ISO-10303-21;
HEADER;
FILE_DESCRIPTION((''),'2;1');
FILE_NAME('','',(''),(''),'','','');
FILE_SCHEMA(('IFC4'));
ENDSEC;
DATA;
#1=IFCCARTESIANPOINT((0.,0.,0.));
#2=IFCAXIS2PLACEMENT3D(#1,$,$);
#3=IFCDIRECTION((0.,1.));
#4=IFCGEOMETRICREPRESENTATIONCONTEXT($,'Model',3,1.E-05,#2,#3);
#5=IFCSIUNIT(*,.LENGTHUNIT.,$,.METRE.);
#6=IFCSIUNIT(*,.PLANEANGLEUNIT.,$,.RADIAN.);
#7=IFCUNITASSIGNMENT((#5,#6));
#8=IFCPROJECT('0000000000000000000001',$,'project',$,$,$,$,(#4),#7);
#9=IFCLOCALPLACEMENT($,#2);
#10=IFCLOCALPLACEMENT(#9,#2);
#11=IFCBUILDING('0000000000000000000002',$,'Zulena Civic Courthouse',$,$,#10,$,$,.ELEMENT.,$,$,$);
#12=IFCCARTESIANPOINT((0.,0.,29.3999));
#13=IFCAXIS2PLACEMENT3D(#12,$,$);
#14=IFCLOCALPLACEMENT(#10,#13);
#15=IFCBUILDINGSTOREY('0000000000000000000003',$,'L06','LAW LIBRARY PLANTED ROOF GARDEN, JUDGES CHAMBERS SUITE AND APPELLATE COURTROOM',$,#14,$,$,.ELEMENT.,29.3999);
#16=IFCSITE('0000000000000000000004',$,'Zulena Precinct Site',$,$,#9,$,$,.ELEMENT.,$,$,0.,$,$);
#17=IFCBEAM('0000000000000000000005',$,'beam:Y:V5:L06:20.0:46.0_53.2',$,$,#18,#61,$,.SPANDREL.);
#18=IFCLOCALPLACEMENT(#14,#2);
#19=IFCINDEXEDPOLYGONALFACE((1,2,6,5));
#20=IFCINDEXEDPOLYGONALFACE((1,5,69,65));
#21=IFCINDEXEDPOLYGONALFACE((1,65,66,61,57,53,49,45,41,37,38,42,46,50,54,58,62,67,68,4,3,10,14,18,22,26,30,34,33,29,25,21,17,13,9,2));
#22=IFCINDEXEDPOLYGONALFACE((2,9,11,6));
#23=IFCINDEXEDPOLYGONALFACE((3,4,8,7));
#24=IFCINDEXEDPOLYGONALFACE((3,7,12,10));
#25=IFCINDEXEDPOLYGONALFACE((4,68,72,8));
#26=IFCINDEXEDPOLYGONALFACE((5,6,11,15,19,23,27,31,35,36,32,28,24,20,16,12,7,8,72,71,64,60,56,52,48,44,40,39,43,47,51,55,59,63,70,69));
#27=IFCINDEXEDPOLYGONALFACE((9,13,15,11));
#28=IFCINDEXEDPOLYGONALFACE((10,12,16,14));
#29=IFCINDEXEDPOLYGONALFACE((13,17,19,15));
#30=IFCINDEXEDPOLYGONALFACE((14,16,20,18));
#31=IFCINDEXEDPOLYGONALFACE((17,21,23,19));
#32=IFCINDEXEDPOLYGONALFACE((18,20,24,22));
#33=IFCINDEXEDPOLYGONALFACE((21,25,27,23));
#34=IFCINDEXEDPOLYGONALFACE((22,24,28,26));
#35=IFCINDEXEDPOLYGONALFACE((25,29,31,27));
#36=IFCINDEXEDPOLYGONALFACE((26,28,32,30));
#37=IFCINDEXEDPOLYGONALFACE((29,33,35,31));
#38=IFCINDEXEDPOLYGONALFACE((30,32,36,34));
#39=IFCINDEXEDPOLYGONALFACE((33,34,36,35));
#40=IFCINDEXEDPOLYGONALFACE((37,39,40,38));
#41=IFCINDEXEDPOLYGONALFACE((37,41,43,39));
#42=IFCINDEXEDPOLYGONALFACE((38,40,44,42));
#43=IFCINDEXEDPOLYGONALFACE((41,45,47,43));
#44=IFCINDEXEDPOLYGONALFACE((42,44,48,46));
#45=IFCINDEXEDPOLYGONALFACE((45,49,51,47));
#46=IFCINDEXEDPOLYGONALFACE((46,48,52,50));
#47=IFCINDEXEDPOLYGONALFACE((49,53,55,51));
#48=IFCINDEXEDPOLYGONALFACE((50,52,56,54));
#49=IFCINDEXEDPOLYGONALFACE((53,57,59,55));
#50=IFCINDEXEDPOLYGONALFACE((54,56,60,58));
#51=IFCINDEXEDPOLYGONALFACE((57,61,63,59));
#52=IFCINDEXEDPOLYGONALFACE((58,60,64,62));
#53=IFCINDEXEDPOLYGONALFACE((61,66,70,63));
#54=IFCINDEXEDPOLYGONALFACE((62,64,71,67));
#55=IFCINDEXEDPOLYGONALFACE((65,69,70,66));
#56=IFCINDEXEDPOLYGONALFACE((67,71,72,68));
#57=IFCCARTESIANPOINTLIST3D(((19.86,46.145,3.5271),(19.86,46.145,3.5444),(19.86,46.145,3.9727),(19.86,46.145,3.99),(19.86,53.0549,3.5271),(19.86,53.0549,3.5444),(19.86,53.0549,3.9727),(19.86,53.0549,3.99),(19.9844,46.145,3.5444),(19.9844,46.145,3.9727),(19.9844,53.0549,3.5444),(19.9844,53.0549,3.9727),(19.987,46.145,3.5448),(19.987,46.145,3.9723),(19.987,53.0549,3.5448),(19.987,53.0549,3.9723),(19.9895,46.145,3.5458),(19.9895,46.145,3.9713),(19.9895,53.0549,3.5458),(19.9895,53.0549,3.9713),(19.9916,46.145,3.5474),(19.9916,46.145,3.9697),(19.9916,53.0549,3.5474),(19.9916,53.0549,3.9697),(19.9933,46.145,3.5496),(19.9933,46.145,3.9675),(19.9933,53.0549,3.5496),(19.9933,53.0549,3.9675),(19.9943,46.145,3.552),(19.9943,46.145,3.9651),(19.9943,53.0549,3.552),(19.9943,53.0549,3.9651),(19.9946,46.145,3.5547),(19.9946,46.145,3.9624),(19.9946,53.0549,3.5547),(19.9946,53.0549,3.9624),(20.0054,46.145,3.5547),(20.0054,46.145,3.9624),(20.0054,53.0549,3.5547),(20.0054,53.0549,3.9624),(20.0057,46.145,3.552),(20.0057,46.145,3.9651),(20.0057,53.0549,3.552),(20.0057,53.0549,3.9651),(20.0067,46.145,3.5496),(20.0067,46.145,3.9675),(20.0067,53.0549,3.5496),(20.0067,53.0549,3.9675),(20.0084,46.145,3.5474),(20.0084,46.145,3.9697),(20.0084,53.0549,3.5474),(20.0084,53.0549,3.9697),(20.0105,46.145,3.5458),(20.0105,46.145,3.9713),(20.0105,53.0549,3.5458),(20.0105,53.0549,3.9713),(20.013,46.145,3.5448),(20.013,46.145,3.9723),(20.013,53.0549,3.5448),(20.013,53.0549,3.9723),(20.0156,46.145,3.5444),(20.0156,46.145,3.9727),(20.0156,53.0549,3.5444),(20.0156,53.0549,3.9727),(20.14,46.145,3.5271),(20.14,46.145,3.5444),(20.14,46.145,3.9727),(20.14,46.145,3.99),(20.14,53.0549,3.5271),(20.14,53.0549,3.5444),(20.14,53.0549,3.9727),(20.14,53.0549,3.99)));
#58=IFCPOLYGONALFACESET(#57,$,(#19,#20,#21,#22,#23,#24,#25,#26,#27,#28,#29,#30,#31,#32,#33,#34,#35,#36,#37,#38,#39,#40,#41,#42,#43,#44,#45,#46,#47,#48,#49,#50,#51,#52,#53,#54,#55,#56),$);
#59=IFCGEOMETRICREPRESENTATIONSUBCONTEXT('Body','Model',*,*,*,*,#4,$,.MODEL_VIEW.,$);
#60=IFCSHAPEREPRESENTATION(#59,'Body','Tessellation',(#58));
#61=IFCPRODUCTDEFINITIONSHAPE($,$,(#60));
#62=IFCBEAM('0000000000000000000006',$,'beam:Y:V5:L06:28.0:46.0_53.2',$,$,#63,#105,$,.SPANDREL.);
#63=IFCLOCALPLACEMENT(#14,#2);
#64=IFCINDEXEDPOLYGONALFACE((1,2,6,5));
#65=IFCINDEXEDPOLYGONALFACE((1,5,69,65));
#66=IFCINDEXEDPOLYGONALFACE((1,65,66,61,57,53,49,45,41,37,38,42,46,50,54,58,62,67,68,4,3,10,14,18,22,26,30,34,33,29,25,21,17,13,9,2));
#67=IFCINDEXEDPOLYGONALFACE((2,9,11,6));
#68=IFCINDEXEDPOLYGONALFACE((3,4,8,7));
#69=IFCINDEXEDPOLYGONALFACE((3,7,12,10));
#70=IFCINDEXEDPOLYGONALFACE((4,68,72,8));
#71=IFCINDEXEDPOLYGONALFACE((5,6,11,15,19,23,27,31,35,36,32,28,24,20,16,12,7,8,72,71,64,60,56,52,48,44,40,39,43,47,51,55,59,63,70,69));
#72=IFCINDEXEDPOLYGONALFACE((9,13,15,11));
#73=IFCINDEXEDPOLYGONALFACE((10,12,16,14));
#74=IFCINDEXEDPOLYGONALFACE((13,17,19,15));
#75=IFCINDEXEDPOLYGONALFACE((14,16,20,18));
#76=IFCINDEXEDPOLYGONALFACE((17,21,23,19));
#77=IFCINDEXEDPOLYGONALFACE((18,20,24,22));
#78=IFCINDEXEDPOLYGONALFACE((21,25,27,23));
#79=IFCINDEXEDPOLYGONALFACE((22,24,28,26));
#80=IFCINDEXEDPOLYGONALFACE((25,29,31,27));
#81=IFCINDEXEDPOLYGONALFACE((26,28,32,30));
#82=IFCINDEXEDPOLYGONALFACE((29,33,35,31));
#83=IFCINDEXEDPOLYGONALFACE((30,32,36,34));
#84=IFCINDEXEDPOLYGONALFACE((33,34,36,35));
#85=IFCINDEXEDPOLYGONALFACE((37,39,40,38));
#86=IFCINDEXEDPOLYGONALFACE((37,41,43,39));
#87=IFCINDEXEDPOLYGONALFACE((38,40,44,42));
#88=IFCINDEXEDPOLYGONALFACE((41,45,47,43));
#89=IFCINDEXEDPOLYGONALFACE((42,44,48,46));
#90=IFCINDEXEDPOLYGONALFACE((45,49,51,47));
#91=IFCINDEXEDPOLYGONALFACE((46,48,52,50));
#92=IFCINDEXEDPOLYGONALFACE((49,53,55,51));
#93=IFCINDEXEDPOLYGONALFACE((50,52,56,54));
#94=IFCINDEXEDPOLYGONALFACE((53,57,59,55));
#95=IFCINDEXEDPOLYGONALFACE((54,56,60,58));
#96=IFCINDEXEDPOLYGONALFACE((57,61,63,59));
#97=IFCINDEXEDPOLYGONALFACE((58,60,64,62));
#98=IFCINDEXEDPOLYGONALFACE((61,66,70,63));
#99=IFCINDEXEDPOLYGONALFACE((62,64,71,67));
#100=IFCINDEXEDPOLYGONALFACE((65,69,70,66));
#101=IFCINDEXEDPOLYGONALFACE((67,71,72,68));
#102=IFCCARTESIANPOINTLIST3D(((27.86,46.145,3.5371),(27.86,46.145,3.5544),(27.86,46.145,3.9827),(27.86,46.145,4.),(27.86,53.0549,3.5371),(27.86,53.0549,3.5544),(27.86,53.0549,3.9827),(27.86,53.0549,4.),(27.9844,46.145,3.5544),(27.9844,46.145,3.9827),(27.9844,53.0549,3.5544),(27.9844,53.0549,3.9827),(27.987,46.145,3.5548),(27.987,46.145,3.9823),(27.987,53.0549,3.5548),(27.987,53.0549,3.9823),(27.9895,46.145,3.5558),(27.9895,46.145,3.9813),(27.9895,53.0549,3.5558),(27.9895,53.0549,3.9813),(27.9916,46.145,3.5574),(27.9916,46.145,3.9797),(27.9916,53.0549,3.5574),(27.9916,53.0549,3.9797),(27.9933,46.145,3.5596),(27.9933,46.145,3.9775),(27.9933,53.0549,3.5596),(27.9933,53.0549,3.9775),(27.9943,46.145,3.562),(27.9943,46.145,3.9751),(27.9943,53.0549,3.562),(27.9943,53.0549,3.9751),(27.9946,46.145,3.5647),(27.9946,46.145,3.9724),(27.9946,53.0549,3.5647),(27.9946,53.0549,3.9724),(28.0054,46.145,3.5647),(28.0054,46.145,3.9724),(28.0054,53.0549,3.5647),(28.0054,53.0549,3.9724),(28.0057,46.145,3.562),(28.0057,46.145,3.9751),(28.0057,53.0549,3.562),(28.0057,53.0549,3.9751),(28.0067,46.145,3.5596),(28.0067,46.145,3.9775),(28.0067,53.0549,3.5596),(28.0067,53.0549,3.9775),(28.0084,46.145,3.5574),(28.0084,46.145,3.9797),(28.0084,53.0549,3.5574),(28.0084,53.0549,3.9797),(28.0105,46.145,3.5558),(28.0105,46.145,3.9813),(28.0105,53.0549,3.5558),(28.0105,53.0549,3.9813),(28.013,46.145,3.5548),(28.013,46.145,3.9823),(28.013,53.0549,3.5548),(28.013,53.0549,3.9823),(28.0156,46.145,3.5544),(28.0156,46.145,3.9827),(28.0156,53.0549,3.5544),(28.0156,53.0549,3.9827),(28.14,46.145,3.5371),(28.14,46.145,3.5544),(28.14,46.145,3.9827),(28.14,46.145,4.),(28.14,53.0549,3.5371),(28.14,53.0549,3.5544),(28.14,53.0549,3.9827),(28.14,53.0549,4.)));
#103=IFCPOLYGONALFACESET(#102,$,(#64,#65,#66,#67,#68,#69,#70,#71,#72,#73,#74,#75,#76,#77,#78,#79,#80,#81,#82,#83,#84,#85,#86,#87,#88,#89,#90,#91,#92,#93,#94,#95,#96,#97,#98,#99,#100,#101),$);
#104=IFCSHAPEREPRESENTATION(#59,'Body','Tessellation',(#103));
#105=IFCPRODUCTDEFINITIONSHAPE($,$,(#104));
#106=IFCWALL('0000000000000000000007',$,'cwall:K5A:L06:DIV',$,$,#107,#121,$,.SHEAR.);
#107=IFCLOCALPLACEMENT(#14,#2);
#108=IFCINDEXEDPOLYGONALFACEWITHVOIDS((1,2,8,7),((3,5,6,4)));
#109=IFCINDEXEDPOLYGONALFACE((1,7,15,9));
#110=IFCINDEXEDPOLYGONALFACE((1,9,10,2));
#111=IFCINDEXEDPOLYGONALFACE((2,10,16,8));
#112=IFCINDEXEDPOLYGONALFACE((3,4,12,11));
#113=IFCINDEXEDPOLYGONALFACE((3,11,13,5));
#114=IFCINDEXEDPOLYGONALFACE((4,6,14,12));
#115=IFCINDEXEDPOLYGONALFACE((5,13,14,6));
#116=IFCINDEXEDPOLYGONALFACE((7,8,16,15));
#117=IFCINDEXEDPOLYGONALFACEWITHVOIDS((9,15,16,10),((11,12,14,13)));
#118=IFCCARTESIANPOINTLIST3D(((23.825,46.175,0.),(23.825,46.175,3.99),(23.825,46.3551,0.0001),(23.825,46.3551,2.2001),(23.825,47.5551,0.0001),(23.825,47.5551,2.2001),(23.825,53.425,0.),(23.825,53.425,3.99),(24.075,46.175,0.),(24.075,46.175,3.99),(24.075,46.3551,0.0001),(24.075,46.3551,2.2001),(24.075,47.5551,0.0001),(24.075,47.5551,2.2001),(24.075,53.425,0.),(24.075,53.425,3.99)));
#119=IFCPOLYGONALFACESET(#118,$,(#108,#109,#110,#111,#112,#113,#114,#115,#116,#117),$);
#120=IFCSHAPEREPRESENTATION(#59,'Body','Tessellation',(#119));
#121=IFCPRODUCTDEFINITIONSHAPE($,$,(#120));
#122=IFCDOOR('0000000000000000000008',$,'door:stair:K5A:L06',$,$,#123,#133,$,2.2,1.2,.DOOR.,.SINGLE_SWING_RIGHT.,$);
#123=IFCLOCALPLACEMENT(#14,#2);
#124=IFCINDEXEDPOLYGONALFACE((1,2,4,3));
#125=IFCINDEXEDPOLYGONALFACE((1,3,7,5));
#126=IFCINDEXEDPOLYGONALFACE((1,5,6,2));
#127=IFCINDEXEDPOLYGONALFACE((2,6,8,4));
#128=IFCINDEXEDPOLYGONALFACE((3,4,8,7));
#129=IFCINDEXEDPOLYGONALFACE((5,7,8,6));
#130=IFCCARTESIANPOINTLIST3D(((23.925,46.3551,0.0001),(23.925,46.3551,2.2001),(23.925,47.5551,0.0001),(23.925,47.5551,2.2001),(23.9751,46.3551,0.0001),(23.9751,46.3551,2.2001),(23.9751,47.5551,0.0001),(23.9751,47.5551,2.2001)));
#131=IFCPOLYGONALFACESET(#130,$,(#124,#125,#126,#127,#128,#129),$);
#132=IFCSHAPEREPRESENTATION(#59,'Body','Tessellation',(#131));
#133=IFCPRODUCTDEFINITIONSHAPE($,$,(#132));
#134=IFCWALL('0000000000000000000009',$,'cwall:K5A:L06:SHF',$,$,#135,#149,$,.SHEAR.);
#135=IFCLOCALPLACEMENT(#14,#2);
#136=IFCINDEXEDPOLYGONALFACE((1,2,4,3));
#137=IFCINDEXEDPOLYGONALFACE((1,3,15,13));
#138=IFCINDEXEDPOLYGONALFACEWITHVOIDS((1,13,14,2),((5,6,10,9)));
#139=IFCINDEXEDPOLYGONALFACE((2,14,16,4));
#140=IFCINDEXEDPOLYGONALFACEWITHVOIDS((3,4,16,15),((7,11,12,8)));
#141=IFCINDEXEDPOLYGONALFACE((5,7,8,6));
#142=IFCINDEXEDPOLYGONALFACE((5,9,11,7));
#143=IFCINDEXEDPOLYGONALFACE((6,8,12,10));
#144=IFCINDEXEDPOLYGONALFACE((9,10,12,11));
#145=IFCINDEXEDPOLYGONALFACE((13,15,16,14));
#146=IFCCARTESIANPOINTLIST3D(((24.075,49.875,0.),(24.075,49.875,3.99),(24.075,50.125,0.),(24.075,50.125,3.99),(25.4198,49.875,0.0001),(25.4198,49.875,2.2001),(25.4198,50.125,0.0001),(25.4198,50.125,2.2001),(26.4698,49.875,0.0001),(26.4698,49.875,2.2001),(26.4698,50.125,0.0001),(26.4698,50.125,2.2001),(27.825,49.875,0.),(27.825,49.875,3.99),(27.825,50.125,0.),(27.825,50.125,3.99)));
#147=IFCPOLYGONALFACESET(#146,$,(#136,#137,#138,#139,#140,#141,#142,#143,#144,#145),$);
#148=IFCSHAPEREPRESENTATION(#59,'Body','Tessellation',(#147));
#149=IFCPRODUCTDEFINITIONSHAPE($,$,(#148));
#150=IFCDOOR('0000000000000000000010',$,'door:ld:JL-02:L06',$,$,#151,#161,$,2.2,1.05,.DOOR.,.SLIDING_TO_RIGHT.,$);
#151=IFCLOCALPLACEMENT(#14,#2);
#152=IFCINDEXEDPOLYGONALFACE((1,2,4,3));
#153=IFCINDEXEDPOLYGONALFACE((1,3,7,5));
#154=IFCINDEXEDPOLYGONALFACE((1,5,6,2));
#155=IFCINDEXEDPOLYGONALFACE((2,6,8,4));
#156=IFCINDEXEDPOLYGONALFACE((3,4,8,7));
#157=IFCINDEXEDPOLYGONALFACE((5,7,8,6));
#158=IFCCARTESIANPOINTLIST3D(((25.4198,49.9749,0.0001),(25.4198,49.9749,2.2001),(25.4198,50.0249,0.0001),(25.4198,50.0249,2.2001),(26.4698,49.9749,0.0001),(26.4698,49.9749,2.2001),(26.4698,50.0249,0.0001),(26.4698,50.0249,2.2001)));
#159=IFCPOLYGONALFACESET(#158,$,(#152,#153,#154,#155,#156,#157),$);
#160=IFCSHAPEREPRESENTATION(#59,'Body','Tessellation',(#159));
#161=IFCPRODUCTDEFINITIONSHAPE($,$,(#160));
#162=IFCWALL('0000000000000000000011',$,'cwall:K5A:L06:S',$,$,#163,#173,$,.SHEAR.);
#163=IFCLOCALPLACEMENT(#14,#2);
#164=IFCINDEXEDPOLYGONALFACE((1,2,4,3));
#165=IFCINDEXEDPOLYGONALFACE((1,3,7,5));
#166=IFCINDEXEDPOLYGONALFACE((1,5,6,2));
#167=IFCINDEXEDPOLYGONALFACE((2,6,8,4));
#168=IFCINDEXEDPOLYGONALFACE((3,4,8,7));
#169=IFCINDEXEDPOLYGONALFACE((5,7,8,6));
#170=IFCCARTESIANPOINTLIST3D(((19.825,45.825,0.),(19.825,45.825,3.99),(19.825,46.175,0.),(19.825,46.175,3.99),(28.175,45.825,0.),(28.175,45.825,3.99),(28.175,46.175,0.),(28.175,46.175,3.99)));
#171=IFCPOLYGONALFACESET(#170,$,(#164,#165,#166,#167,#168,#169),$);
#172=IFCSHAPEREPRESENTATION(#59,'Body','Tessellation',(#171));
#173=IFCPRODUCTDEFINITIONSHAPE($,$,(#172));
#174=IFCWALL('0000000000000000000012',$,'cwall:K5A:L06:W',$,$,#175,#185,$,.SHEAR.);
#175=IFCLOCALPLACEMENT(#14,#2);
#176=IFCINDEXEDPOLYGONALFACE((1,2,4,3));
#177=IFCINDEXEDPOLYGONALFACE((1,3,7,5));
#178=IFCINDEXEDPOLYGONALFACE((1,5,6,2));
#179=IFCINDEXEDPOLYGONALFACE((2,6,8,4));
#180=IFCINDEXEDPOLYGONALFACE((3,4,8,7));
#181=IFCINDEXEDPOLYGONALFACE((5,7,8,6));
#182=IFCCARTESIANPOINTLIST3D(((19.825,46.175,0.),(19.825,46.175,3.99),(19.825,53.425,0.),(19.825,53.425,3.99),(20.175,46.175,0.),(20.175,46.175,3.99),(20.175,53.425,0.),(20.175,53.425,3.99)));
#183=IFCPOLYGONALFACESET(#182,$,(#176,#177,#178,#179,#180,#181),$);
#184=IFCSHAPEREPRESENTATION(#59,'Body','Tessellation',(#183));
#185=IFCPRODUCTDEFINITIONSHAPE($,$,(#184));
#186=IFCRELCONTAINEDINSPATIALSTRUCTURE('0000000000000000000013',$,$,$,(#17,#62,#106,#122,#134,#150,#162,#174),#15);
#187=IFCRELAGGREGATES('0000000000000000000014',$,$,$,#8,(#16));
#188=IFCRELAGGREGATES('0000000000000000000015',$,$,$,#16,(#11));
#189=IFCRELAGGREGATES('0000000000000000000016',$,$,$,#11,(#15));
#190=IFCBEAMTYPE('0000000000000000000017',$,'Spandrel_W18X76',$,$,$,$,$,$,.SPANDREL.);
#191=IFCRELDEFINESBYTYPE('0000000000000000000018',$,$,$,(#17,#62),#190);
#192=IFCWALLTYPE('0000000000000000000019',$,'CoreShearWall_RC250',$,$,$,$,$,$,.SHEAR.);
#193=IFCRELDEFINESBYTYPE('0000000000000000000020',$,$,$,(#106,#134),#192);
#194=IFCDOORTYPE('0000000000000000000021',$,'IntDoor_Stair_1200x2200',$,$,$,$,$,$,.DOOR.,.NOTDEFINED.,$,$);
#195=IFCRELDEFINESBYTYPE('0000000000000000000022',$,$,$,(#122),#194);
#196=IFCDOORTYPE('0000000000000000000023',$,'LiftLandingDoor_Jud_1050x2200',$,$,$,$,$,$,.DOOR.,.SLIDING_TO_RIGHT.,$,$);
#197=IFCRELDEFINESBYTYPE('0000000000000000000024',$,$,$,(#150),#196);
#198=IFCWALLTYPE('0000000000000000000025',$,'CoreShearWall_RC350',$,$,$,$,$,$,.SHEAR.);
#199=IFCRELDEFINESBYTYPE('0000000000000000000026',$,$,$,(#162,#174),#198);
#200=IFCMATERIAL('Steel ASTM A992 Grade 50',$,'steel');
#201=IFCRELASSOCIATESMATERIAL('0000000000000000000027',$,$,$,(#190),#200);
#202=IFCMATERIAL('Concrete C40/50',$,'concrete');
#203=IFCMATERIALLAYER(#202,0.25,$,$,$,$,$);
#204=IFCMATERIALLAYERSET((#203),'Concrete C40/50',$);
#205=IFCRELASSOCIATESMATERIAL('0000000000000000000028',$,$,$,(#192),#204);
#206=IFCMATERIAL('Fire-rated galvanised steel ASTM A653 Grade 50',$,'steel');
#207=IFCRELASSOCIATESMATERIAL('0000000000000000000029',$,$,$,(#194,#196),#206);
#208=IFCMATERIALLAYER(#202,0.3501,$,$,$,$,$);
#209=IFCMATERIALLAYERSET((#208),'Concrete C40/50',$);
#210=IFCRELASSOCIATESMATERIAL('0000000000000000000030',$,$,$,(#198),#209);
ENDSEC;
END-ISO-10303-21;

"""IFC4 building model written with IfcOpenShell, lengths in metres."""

from ifc_helpers import new_model, si_unit, direction, frame, frame_2d, origin, origin_2d, place, context, subcontext, project, spatial, rectangle, i_section, extrude, material, layer, layer_set, material_profile, profile_set, type_object, element, fill, save


model = new_model("IFC4")

# Units and contexts
model_context = context("Model", 3, precision=1e-05, world=origin(), true_north=direction((0.0, 1.0)))
body_context = subcontext(model_context, "Body", "Model", "MODEL_VIEW")
ifc_project = project(units=[si_unit("LENGTHUNIT", "METRE"), si_unit("PLANEANGLEUNIT", "RADIAN")], contexts=[model_context])

# Site, building, storey
site_placement = place(None, origin())
site = spatial("IfcSite", under=ifc_project, at=site_placement, Name="Zulena Precinct Site", CompositionType="ELEMENT", RefElevation=0.0)
building_placement = place(site_placement, origin())
building = spatial("IfcBuilding", under=site, at=building_placement, Name="Zulena Civic Courthouse", CompositionType="ELEMENT")
storey_placement = place(building_placement, frame((0.0, 0.0, 29.3999)))
storey = spatial("IfcBuildingStorey", under=building, at=storey_placement, Name="L06", Description="LAW LIBRARY PLANTED ROOF GARDEN, JUDGES CHAMBERS SUITE AND APPELLATE COURTROOM", CompositionType="ELEMENT", Elevation=29.3999)

# Shared definitions
ifc_material_1 = material(Name="Steel ASTM A992 Grade 50", Category="steel")

# Beams
ifc_material_profile_1 = material_profile(ifc_material_1, i_section(OverallWidth=0.28, OverallDepth=0.4629, WebThickness=0.0107, FlangeThickness=0.0173, FilletRadius=0.0103, at=origin_2d()), Name="W18X76")
ifc_profile_set_1 = profile_set([ifc_material_profile_1], Name="Steel ASTM A992 Grade 50")
beam_type_1 = type_object("IfcBeamType", Name="Spandrel_W18X76", PredefinedType="SPANDREL", material=ifc_profile_set_1)
for number, where, z_axis, x_axis, name in (
    (1, (20.0, 46.145, 3.7585), (0.0, 1.0, 0.0), (-1.0, 0.0, 0.0), "beam:Y:V5:L06:20.0:46.0_53.2"),
    (2, (28.0, 46.145, 3.7686), (0.0, 1.0, 0.0), (-1.0, 0.0, 0.0), "beam:Y:V5:L06:28.0:46.0_53.2"),
):
    element("IfcBeam", number, at=place(storey_placement, frame(where, z_axis=z_axis, x_axis=x_axis)), inside=storey, type_object=beam_type_1, Name=name, PredefinedType="SPANDREL", context=body_context, shape_type="SweptSolid", body=[
        extrude(i_section(OverallWidth=0.28, OverallDepth=0.4629, WebThickness=0.0107, FlangeThickness=0.0173, FilletRadius=0.0103, at=origin_2d()), origin(), (0.0, 0.0, 1.0), 6.9099),
    ])

# Walls, openings, doors
ifc_material_2 = material(Name="Concrete C40/50", Category="concrete")
ifc_layer_1 = layer(ifc_material_2, 0.25)
ifc_layer_set_1 = layer_set([ifc_layer_1], Name="Concrete C40/50")
wall_type_1 = type_object("IfcWallType", Name="CoreShearWall_RC250", PredefinedType="SHEAR", material=ifc_layer_set_1)
wall_1_placement = place(storey_placement, frame((23.95, 46.175, 0.0), z_axis=(0.0, 0.0, 1.0), x_axis=(0.0, 1.0, 0.0)))
wall_1 = element("IfcWall", 3, at=wall_1_placement, inside=storey, type_object=wall_type_1, Name="cwall:K5A:L06:DIV", PredefinedType="SHEAR", context=body_context, shape_type="SweptSolid", body=[
    extrude(rectangle(XDim=7.25, YDim=0.25, at=frame_2d((3.625, 0.0))), origin(), (0.0, 0.0, 1.0), 3.99),
])
opening_1_placement = place(wall_1_placement, frame((0.1799, 0.0, 0.0)))
opening_1 = element("IfcOpeningElement", 4, at=opening_1_placement, cuts=wall_1, PredefinedType="OPENING", context=body_context, shape_type="SweptSolid", body=[
    extrude(rectangle(XDim=1.2, YDim=2.2, at=frame_2d((0.6001, 1.1001))), frame((0.0, 0.135, 0.0), z_axis=(0.0, -1.0, 0.0), x_axis=(1.0, 0.0, 0.0)), (0.0, 0.0, 1.0), 0.27),
])
ifc_material_3 = material(Name="Fire-rated galvanised steel ASTM A653 Grade 50", Category="steel")
door_type_1 = type_object("IfcDoorType", Name="IntDoor_Stair_1200x2200", OperationType="NOTDEFINED", PredefinedType="DOOR", material=ifc_material_3)
door_1_placement = place(opening_1_placement, origin())
door_1 = element("IfcDoor", 5, at=door_1_placement, inside=storey, type_object=door_type_1, Name="door:stair:K5A:L06", OperationType="SINGLE_SWING_RIGHT", OverallHeight=2.2, OverallWidth=1.2, PredefinedType="DOOR", context=body_context, shape_type="SweptSolid", body=[
    extrude(rectangle(XDim=1.2, YDim=2.2, at=frame_2d((0.6001, 1.1001))), frame((0.0, 0.0249, 0.0), z_axis=(0.0, -1.0, 0.0), x_axis=(1.0, 0.0, 0.0)), (0.0, 0.0, 1.0), 0.05),
])
fill(opening_1, door_1)
wall_2_placement = place(storey_placement, frame((24.075, 50.0, 0.0), z_axis=(0.0, 0.0, 1.0), x_axis=(1.0, 0.0, 0.0)))
wall_2 = element("IfcWall", 6, at=wall_2_placement, inside=storey, type_object=wall_type_1, Name="cwall:K5A:L06:SHF", PredefinedType="SHEAR", context=body_context, shape_type="SweptSolid", body=[
    extrude(rectangle(XDim=3.75, YDim=0.25, at=frame_2d((1.875, 0.0))), origin(), (0.0, 0.0, 1.0), 3.99),
])
opening_2_placement = place(wall_2_placement, frame((1.345, 0.0, 0.0)))
opening_2 = element("IfcOpeningElement", 7, at=opening_2_placement, cuts=wall_2, PredefinedType="OPENING", context=body_context, shape_type="SweptSolid", body=[
    extrude(rectangle(XDim=1.05, YDim=2.2, at=frame_2d((0.5249, 1.1001))), frame((0.0, 0.135, 0.0), z_axis=(0.0, -1.0, 0.0), x_axis=(1.0, 0.0, 0.0)), (0.0, 0.0, 1.0), 0.27),
])
door_type_2 = type_object("IfcDoorType", Name="LiftLandingDoor_Jud_1050x2200", OperationType="SLIDING_TO_RIGHT", PredefinedType="DOOR", material=ifc_material_3)
door_2_placement = place(opening_2_placement, origin())
door_2 = element("IfcDoor", 8, at=door_2_placement, inside=storey, type_object=door_type_2, Name="door:ld:JL-02:L06", OperationType="SLIDING_TO_RIGHT", OverallHeight=2.2, OverallWidth=1.05, PredefinedType="DOOR", context=body_context, shape_type="SweptSolid", body=[
    extrude(rectangle(XDim=1.05, YDim=2.2, at=frame_2d((0.5249, 1.1001))), frame((0.0, 0.0249, 0.0), z_axis=(0.0, -1.0, 0.0), x_axis=(1.0, 0.0, 0.0)), (0.0, 0.0, 1.0), 0.05),
])
fill(opening_2, door_2)

# Walls
ifc_layer_2 = layer(ifc_material_2, 0.3501)
ifc_layer_set_2 = layer_set([ifc_layer_2], Name="Concrete C40/50")
wall_type_2 = type_object("IfcWallType", Name="CoreShearWall_RC350", PredefinedType="SHEAR", material=ifc_layer_set_2)
wall_3_placement = place(storey_placement, frame((19.825, 46.0, 0.0), z_axis=(0.0, 0.0, 1.0), x_axis=(1.0, 0.0, 0.0)))
element("IfcWall", 9, at=wall_3_placement, inside=storey, type_object=wall_type_2, Name="cwall:K5A:L06:S", PredefinedType="SHEAR", context=body_context, shape_type="SweptSolid", body=[
    extrude(rectangle(XDim=8.3501, YDim=0.3501, at=frame_2d((4.175, 0.0))), origin(), (0.0, 0.0, 1.0), 3.99),
])
wall_4_placement = place(storey_placement, frame((20.0, 46.175, 0.0), z_axis=(0.0, 0.0, 1.0), x_axis=(0.0, 1.0, 0.0)))
element("IfcWall", 10, at=wall_4_placement, inside=storey, type_object=wall_type_2, Name="cwall:K5A:L06:W", PredefinedType="SHEAR", context=body_context, shape_type="SweptSolid", body=[
    extrude(rectangle(XDim=7.25, YDim=0.3501, at=frame_2d((3.625, 0.0))), origin(), (0.0, 0.0, 1.0), 3.99),
])

save(model, "model.ifc")
